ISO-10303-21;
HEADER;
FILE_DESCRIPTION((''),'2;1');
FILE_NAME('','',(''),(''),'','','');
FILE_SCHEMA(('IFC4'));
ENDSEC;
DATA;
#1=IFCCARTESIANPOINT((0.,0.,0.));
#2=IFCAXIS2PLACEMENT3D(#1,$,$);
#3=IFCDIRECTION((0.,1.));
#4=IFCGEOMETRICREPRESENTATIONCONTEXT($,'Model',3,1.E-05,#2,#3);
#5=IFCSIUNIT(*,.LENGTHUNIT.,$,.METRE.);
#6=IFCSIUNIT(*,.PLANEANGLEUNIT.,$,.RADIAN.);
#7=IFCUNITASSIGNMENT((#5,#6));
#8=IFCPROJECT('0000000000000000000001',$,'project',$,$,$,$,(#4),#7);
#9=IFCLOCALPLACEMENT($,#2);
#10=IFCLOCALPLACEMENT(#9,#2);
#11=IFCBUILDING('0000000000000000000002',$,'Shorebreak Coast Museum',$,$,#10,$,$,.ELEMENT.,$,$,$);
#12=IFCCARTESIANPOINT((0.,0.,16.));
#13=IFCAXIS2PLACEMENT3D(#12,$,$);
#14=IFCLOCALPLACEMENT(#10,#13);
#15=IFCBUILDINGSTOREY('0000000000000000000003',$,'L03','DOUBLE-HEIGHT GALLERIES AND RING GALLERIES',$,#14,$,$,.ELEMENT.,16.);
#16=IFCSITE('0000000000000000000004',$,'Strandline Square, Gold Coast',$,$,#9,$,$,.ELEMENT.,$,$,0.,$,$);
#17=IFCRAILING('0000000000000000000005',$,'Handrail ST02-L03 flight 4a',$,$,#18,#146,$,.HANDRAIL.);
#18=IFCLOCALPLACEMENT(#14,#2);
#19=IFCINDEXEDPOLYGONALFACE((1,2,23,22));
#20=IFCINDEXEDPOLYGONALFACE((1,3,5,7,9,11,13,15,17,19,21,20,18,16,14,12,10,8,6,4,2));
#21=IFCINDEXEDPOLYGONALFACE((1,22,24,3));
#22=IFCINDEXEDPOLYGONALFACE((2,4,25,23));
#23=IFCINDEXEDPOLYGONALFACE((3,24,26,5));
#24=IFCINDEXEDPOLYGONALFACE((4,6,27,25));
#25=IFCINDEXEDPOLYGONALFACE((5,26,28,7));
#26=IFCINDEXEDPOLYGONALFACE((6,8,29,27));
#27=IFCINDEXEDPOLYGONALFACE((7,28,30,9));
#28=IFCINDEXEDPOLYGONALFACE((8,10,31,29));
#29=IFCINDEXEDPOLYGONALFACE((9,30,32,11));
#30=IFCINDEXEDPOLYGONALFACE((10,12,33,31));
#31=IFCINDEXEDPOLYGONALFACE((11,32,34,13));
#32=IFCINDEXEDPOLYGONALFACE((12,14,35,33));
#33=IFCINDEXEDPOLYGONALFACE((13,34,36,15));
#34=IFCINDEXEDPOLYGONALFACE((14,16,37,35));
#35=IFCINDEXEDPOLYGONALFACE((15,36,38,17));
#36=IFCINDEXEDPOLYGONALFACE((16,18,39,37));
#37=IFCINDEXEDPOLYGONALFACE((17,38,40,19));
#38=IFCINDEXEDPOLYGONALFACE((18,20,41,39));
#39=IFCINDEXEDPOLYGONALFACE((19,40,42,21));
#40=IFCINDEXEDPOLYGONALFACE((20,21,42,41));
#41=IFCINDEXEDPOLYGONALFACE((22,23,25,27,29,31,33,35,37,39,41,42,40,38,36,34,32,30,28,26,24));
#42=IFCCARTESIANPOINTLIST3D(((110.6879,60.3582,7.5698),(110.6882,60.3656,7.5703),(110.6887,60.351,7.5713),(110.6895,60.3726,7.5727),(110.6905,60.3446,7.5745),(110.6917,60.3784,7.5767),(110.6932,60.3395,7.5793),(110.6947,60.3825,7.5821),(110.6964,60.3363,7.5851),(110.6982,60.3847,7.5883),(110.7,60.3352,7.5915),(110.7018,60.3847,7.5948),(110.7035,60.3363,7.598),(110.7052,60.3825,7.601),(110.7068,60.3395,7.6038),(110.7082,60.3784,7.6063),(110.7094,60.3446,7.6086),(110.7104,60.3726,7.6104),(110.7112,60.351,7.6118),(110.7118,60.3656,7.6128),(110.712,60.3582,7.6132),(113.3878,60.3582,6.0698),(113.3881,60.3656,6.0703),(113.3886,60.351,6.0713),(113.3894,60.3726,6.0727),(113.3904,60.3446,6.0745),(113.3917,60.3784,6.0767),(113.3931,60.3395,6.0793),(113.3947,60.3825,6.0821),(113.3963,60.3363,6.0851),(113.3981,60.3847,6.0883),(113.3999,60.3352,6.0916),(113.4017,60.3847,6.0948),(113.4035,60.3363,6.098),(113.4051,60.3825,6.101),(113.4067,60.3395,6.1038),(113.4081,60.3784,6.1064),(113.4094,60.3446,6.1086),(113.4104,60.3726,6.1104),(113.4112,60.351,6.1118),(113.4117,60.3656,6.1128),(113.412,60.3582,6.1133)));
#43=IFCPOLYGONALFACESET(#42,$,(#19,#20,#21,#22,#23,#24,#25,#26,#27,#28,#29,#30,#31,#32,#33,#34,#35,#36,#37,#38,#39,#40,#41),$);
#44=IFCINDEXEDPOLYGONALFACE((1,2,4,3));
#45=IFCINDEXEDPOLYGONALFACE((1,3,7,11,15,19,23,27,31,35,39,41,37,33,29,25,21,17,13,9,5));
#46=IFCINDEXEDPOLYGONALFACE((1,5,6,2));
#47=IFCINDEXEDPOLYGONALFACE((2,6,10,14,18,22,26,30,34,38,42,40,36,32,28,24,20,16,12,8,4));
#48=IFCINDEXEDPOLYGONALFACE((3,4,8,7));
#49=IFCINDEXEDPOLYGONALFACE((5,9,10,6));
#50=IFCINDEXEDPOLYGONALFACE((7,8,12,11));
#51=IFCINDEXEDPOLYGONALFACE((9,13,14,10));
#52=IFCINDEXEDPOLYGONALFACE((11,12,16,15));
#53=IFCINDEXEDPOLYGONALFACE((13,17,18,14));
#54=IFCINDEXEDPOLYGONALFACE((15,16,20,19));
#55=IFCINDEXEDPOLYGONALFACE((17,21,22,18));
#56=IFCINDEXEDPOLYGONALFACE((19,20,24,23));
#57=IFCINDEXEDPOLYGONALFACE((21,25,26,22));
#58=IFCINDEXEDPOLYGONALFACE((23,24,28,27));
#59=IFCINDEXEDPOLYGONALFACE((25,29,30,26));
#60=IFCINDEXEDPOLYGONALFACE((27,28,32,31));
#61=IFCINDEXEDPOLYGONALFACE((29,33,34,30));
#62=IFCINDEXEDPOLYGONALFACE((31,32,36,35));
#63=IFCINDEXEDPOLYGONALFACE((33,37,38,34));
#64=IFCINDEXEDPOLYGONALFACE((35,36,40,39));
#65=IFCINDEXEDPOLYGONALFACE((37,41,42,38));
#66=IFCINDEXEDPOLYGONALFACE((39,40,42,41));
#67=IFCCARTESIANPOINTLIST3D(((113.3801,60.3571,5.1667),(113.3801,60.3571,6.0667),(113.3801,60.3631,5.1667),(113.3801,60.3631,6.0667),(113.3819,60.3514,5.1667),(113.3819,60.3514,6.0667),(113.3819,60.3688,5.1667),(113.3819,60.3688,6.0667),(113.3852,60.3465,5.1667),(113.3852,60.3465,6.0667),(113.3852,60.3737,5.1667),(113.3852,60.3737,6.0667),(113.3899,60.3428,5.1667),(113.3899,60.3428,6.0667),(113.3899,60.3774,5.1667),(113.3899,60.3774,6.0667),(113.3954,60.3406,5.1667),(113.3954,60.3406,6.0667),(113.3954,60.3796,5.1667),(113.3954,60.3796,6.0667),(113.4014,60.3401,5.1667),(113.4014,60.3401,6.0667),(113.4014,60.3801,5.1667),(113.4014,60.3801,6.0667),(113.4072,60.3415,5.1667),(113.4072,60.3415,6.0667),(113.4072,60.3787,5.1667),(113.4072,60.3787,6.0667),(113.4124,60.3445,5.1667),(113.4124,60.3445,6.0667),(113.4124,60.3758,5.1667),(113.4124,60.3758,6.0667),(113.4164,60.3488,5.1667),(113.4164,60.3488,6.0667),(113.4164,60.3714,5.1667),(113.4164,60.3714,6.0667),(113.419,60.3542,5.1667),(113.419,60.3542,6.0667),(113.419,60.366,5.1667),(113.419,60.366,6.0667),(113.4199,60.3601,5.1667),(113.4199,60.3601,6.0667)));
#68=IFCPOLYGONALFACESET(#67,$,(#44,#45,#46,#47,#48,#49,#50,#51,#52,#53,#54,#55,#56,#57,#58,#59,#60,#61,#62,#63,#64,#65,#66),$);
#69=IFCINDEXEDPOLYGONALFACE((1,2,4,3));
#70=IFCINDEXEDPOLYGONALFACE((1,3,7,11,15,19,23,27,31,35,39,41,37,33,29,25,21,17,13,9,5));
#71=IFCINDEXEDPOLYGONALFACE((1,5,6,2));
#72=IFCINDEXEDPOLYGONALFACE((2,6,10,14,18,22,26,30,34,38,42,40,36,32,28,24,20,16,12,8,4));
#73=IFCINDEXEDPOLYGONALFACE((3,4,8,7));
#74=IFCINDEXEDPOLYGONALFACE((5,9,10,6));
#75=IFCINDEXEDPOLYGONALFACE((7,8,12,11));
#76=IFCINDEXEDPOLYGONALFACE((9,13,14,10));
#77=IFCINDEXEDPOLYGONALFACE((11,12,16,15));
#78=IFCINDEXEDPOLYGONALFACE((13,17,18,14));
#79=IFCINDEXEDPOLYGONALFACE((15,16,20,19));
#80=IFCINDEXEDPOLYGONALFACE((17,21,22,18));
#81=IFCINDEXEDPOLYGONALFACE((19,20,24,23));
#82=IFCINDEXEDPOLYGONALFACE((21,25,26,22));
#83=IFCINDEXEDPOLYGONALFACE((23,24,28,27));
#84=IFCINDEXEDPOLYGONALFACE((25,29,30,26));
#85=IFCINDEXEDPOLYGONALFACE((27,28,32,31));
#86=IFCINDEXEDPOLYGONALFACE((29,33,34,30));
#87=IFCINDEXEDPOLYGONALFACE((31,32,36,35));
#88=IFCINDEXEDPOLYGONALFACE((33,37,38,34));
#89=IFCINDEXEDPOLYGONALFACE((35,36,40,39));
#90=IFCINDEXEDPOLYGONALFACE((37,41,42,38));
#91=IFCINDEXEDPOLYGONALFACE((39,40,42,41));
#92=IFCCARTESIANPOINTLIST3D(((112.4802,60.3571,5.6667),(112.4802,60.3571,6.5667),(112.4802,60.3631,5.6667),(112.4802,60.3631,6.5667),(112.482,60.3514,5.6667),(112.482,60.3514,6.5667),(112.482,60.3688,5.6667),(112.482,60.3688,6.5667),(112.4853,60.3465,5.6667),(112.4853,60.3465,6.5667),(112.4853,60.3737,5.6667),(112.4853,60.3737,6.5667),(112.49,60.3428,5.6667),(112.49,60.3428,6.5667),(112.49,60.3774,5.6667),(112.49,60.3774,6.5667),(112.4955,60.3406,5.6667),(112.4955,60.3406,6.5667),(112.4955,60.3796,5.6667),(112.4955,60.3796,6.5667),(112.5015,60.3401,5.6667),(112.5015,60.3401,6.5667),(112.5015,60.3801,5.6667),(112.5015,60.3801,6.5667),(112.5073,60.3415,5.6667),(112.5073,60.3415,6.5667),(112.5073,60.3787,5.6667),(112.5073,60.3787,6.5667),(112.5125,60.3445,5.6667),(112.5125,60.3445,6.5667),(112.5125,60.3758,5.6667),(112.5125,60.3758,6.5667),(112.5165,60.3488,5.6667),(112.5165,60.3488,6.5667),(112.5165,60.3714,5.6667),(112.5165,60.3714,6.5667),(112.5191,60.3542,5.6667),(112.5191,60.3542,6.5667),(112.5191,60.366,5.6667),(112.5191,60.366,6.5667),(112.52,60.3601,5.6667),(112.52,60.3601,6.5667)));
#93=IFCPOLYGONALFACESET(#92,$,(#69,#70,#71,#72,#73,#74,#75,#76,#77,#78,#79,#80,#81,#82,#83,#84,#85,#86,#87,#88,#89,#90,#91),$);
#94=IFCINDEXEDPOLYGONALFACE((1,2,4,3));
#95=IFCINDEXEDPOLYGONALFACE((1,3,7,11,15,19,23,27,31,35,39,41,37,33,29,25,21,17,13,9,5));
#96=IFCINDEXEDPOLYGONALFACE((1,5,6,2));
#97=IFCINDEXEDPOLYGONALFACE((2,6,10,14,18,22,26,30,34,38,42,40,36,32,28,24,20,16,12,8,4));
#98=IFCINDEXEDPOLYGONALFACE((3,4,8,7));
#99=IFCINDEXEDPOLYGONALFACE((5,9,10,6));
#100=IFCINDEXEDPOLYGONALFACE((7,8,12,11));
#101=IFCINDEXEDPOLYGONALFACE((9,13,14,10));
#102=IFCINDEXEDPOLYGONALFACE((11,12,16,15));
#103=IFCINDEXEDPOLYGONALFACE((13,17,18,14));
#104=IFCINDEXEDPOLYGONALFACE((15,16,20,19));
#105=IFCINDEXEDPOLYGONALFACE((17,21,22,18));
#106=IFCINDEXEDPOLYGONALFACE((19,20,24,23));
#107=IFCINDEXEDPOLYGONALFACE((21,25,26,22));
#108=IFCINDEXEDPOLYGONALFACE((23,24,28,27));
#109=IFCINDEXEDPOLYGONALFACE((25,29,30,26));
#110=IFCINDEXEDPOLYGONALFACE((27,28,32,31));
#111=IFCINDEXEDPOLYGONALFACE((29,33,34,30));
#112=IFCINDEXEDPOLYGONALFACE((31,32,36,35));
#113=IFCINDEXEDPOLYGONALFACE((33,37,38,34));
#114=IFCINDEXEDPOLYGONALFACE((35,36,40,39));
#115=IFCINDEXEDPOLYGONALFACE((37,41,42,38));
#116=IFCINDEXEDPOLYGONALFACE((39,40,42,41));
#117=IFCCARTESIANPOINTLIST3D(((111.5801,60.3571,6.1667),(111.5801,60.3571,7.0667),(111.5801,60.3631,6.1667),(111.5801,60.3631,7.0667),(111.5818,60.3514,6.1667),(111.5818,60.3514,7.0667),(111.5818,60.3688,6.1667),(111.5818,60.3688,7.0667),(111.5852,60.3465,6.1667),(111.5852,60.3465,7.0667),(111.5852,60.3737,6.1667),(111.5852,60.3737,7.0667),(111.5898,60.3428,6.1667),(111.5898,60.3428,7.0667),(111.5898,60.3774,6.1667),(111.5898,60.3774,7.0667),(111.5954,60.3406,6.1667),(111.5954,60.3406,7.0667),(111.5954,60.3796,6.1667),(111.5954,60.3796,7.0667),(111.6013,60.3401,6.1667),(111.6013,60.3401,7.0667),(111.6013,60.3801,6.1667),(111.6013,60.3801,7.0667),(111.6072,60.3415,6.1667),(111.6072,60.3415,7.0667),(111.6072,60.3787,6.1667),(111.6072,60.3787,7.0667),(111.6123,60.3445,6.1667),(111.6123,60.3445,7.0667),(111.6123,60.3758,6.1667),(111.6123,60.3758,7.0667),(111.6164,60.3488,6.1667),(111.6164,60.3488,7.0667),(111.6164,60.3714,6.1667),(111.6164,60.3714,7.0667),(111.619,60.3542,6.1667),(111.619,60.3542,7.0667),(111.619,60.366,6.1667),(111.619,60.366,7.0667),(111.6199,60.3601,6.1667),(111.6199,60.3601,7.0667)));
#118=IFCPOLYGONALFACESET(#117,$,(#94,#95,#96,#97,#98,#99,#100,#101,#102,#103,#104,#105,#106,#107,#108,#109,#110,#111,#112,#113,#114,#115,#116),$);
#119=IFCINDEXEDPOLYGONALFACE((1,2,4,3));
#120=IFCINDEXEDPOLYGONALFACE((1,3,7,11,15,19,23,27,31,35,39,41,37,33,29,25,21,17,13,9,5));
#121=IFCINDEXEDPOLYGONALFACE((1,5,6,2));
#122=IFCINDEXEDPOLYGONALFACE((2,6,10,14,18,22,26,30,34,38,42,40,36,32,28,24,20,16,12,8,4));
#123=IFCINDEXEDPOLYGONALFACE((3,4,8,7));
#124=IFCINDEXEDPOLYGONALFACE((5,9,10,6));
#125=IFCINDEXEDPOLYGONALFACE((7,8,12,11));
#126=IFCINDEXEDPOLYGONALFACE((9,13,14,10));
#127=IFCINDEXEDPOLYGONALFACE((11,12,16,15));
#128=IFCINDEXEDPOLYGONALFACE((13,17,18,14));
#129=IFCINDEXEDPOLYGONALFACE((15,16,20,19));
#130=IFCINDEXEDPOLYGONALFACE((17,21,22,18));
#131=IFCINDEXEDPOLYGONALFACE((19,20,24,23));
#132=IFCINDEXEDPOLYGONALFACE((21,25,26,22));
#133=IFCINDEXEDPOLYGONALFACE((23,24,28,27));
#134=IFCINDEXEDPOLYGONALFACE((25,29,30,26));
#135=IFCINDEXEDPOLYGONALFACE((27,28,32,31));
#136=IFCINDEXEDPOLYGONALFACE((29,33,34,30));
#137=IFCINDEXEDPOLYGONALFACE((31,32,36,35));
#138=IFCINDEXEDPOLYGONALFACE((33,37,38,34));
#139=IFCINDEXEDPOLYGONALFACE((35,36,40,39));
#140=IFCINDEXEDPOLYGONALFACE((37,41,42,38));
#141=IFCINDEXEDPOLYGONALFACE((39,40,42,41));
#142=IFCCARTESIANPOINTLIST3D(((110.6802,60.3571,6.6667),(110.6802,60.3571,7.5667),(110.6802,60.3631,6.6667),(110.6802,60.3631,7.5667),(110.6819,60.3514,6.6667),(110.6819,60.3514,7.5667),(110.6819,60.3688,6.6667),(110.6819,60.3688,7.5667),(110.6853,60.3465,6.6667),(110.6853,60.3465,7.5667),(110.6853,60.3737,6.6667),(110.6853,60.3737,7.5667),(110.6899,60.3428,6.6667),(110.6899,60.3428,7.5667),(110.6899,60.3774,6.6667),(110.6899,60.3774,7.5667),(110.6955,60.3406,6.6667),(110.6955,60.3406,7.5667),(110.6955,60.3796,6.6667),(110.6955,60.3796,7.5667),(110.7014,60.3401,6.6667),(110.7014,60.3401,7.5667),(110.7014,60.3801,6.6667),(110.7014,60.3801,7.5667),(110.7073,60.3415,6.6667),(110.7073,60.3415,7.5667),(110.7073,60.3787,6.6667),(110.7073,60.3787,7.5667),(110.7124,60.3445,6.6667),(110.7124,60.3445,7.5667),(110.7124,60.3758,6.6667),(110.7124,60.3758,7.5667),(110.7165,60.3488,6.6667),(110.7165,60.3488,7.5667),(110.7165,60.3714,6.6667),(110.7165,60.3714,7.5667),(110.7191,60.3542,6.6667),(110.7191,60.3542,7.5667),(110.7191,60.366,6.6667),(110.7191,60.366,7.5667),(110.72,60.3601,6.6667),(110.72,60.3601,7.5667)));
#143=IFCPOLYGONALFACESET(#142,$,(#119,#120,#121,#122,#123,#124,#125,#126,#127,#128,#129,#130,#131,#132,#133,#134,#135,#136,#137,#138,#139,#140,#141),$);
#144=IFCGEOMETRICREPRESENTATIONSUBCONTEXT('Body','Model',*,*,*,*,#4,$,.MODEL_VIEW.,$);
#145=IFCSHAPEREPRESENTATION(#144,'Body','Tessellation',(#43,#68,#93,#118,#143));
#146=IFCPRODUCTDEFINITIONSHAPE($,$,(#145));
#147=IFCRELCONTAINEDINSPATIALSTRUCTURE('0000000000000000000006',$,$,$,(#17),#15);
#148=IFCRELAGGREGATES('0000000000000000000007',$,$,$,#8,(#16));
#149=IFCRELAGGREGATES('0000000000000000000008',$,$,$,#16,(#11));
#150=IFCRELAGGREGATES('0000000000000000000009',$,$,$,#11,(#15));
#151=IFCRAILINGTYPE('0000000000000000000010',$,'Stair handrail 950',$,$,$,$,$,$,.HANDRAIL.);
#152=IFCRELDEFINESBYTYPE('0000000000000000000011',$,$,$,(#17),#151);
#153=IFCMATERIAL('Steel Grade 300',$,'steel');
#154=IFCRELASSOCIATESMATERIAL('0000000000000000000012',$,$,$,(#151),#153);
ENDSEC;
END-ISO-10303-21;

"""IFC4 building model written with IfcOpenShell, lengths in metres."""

from ifc_helpers import new_model, si_unit, direction, frame, origin, origin_2d, place, context, subcontext, project, spatial, circle, extrude, material, type_object, element, save


model = new_model("IFC4")

# Units and contexts
model_context = context("Model", 3, precision=1e-05, world=origin(), true_north=direction((0.0, 1.0)))
body_context = subcontext(model_context, "Body", "Model", "MODEL_VIEW")
ifc_project = project(units=[si_unit("LENGTHUNIT", "METRE"), si_unit("PLANEANGLEUNIT", "RADIAN")], contexts=[model_context])

# Site, building, storey
site_placement = place(None, origin())
site = spatial("IfcSite", under=ifc_project, at=site_placement, Name="Strandline Square, Gold Coast", CompositionType="ELEMENT", RefElevation=0.0)
building_placement = place(site_placement, origin())
building = spatial("IfcBuilding", under=site, at=building_placement, Name="Shorebreak Coast Museum", CompositionType="ELEMENT")
storey_placement = place(building_placement, frame((0.0, 0.0, 16.0)))
storey = spatial("IfcBuildingStorey", under=building, at=storey_placement, Name="L03", Description="DOUBLE-HEIGHT GALLERIES AND RING GALLERIES", CompositionType="ELEMENT", Elevation=16.0)

# Railing
ifc_material_1 = material(Name="Steel Grade 300", Category="steel")
railing_type_1 = type_object("IfcRailingType", Name="Stair handrail 950", PredefinedType="HANDRAIL", material=ifc_material_1)
for number, where, name in (
    (1, (113.3999, 60.3601, 5.1667), "Handrail ST02-L03 flight 4a"),
):
    element("IfcRailing", number, at=place(storey_placement, frame(where)), inside=storey, type_object=railing_type_1, Name=name, PredefinedType="HANDRAIL", context=body_context, shape_type="SweptSolid", body=[
        extrude(circle(Radius=0.0249, at=origin_2d()), frame((0.0, 0.0, 0.9248), z_axis=(-0.874154, 0.0, 0.48565), x_axis=(0.0, -1.0, 0.0)), (0.0, 0.0, 1.0), 3.0886),
        extrude(circle(Radius=0.02, at=origin_2d()), origin(), (0.0, 0.0, 1.0), 0.8999),
        extrude(circle(Radius=0.02, at=origin_2d()), frame((-0.8999, 0.0, 0.5)), (0.0, 0.0, 1.0), 0.8999),
        extrude(circle(Radius=0.02, at=origin_2d()), frame((-1.8, 0.0, 1.0)), (0.0, 0.0, 1.0), 0.8999),
        extrude(circle(Radius=0.02, at=origin_2d()), frame((-2.7, 0.0, 1.5)), (0.0, 0.0, 1.0), 0.8999),
    ])

save(model, "model.ifc")
